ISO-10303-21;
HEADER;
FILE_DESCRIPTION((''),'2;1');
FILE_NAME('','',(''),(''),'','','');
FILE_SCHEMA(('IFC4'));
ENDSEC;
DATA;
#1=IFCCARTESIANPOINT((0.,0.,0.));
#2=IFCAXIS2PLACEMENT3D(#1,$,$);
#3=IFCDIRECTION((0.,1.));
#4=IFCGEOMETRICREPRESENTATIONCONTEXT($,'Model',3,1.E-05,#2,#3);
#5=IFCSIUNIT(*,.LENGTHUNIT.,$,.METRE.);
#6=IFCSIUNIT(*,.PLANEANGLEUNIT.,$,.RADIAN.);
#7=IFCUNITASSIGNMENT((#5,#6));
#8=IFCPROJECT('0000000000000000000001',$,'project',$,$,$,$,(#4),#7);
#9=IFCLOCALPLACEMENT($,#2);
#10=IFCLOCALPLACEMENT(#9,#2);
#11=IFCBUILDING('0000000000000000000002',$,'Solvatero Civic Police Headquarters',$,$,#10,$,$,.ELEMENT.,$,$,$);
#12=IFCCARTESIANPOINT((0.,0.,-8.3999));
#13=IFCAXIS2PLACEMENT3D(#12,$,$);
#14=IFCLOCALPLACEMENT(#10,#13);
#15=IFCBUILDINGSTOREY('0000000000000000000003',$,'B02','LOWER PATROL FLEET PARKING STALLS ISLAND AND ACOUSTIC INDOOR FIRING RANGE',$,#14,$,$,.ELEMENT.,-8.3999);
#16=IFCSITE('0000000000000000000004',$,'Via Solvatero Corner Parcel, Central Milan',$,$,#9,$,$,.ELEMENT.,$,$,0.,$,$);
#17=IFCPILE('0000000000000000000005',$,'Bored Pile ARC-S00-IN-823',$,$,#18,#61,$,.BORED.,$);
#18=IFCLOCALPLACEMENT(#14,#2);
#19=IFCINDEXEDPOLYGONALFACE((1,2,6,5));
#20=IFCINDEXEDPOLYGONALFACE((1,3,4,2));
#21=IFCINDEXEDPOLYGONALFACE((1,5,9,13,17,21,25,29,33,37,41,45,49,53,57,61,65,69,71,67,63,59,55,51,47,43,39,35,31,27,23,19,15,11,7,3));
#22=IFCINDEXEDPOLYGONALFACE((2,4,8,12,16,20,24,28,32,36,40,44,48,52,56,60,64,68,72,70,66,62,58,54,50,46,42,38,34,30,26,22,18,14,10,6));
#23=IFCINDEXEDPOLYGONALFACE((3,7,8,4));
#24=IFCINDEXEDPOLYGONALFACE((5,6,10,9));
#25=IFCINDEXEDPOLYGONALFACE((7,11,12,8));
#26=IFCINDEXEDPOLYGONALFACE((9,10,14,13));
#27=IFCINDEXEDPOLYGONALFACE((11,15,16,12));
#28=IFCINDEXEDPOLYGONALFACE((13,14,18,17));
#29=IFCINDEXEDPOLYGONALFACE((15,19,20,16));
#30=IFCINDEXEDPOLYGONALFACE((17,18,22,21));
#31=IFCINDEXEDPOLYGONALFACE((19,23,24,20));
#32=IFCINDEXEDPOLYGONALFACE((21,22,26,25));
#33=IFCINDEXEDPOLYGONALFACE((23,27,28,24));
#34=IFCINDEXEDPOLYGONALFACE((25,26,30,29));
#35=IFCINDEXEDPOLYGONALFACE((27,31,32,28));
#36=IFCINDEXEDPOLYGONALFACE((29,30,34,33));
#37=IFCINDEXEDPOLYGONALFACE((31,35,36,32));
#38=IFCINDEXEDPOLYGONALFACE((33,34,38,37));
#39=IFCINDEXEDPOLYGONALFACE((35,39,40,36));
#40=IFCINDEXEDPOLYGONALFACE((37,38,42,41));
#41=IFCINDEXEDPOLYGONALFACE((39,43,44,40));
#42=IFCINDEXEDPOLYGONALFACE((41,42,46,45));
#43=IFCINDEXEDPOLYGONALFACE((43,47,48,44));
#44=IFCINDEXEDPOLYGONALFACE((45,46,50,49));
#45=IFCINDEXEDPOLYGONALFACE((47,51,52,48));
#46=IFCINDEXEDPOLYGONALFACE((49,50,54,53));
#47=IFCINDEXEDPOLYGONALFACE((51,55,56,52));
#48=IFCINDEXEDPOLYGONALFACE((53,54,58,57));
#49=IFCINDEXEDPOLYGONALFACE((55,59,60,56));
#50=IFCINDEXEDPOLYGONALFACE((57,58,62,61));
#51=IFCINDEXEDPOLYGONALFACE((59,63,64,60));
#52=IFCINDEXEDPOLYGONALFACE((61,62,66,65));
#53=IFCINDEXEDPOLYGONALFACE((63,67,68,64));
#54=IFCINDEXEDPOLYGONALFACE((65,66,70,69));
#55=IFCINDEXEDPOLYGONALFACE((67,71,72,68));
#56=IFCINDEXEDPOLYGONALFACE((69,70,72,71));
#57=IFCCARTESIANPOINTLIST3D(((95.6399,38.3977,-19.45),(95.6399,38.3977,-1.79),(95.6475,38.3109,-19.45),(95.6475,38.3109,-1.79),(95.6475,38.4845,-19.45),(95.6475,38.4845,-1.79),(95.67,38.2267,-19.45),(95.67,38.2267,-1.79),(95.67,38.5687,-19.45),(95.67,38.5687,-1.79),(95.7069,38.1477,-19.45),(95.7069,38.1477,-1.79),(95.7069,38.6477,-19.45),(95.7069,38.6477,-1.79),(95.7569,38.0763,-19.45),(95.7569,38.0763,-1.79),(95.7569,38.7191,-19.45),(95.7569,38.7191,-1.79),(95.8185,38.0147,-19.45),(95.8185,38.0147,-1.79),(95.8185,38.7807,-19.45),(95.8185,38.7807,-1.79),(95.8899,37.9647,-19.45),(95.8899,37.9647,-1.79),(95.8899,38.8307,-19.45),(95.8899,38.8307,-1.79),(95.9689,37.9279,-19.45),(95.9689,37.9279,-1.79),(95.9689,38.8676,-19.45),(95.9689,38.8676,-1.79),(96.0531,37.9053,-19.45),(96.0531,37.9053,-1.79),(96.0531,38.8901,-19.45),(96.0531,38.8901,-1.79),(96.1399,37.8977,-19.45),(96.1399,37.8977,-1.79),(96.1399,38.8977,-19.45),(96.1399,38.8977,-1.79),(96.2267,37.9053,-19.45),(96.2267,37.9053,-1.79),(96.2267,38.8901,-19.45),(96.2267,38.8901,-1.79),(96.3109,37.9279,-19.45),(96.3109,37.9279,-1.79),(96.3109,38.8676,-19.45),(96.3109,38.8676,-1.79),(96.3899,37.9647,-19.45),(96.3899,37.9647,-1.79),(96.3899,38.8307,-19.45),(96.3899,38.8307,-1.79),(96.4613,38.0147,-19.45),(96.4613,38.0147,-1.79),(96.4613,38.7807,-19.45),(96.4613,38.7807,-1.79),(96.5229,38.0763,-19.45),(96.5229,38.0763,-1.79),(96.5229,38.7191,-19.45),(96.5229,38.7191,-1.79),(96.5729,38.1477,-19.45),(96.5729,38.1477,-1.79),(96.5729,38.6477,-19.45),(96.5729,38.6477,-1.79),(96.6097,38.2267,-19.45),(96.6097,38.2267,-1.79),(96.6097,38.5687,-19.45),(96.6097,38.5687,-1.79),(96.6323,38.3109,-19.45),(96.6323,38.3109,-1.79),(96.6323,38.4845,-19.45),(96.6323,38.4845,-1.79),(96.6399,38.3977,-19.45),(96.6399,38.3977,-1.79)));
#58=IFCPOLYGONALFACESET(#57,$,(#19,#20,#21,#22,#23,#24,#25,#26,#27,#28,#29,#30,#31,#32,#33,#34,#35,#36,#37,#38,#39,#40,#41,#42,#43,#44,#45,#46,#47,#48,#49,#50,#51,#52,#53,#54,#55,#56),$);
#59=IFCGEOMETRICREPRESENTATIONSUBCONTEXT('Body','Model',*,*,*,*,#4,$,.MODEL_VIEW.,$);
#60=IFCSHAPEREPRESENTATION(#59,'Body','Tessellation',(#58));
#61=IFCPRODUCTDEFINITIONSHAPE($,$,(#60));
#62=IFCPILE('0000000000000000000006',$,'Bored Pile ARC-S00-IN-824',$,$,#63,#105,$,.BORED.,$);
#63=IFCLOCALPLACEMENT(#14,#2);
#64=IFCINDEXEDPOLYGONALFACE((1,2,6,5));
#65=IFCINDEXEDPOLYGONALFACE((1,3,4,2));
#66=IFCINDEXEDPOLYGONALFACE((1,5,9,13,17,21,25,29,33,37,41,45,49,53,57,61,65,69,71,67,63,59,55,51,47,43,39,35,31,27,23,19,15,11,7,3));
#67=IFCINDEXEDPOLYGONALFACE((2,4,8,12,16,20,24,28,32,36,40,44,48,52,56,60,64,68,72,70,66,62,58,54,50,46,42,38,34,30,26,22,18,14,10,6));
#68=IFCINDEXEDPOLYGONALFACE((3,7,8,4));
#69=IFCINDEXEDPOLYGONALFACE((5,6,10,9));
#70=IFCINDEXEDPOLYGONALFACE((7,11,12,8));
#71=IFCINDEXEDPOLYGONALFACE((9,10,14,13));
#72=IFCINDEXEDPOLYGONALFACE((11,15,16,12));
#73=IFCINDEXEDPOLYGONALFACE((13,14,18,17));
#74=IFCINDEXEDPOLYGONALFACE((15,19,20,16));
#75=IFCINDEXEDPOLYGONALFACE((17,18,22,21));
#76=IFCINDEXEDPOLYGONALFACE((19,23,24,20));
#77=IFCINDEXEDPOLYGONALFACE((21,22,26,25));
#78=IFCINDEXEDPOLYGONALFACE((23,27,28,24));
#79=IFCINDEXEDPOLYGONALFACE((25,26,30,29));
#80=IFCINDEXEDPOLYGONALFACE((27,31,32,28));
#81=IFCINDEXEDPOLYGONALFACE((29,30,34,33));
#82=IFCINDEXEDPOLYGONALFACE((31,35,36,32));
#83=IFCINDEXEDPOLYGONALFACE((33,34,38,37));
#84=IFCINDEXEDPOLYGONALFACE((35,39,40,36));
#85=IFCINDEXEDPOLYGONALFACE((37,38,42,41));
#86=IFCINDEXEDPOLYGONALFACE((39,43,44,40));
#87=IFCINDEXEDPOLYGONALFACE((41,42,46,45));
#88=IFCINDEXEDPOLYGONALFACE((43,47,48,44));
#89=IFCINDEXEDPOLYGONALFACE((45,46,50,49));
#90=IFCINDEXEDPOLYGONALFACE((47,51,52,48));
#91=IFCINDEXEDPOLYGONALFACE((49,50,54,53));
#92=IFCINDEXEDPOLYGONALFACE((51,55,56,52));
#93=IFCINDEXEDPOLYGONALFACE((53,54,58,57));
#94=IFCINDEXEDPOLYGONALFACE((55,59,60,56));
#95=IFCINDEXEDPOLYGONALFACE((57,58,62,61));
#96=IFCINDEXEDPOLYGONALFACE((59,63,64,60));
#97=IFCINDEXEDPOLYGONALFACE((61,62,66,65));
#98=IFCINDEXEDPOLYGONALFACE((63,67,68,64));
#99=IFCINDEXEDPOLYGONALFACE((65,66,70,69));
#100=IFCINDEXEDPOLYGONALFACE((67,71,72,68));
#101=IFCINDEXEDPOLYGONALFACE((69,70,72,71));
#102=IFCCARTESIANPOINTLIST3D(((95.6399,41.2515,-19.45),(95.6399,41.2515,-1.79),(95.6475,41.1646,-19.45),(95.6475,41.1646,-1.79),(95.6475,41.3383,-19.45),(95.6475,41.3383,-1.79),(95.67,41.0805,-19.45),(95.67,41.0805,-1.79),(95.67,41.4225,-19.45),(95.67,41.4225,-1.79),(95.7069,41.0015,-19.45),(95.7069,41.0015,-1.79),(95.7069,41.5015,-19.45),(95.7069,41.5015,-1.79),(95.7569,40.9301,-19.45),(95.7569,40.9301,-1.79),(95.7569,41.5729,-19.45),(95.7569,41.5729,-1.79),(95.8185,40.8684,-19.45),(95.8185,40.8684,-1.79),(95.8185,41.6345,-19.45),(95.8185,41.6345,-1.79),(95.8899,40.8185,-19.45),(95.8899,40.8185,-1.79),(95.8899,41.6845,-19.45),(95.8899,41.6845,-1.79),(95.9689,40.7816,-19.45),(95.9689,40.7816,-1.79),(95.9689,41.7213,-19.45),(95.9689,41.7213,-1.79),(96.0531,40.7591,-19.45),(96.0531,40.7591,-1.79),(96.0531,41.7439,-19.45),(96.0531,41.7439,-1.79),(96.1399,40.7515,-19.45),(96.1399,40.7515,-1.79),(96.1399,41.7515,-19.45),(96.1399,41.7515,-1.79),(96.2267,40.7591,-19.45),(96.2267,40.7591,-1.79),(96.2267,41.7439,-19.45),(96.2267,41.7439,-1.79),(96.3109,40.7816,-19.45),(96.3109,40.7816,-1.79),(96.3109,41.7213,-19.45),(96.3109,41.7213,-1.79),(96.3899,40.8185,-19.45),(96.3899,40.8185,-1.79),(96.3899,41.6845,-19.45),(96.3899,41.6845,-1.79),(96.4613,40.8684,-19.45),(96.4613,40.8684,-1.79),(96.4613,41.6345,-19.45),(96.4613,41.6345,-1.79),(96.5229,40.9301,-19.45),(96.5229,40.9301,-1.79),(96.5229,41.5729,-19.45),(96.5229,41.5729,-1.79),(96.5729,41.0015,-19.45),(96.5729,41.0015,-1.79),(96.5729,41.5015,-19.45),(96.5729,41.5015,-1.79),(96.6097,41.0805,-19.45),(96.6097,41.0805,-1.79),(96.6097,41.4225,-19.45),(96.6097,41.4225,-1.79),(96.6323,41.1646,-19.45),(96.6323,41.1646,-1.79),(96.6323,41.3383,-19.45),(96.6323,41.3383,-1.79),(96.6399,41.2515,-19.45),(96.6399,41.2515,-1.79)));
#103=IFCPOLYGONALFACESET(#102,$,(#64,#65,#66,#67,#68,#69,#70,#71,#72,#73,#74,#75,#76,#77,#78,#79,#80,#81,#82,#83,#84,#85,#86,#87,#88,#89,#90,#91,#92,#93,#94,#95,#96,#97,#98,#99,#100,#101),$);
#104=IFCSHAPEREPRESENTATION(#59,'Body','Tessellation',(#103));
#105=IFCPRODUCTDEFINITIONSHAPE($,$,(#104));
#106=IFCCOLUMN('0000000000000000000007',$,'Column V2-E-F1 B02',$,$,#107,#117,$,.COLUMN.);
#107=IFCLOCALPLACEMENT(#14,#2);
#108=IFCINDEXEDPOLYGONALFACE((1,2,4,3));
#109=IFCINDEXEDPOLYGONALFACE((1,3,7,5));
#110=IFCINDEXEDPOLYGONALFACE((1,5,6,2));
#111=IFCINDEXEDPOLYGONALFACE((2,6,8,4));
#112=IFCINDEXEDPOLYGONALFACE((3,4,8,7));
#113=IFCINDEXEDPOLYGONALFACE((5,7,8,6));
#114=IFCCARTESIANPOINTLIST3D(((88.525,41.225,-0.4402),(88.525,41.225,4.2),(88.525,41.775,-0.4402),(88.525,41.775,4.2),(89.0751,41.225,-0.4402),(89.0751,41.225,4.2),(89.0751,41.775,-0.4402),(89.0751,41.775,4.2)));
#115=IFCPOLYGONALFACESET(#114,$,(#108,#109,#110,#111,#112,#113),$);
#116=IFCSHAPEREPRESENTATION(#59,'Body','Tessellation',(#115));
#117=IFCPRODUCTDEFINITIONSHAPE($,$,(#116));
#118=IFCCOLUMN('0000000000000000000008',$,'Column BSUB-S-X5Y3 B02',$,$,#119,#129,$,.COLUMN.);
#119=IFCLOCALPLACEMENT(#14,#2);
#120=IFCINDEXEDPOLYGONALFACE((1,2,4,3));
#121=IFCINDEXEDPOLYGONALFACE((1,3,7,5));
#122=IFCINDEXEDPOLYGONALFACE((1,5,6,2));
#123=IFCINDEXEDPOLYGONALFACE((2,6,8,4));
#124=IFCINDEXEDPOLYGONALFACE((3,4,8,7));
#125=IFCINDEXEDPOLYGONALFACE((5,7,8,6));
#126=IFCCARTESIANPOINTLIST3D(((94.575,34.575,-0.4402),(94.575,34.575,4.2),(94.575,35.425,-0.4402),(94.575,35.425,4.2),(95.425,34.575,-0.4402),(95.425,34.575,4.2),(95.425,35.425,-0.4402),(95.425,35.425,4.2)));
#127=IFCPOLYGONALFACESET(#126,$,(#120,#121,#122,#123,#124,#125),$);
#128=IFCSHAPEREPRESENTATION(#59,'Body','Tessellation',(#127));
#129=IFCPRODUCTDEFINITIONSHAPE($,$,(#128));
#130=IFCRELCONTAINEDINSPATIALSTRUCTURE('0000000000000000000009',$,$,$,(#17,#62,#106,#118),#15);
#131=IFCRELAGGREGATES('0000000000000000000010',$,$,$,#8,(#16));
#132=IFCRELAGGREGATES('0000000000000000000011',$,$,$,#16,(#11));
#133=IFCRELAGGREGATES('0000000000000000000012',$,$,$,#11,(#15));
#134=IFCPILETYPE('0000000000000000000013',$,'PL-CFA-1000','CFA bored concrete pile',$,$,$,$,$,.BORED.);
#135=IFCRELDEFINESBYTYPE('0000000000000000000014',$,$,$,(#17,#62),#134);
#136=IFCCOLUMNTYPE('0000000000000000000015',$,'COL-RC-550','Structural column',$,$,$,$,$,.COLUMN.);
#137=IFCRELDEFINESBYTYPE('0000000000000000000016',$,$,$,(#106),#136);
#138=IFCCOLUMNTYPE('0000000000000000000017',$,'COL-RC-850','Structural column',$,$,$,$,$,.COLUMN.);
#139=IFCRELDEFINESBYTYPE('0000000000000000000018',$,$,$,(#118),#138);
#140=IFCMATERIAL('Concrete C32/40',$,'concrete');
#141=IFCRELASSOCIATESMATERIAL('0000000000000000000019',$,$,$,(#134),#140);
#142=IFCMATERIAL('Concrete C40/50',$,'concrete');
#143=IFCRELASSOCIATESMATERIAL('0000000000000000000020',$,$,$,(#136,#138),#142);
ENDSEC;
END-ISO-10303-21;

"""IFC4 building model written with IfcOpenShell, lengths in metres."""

from ifc_helpers import new_model, si_unit, direction, frame, origin, origin_2d, place, context, subcontext, project, spatial, rectangle, circle, extrude, material, material_profile, profile_set, type_object, element, save


model = new_model("IFC4")

# Units and contexts
model_context = context("Model", 3, precision=1e-05, world=origin(), true_north=direction((0.0, 1.0)))
body_context = subcontext(model_context, "Body", "Model", "MODEL_VIEW")
ifc_project = project(units=[si_unit("LENGTHUNIT", "METRE"), si_unit("PLANEANGLEUNIT", "RADIAN")], contexts=[model_context])

# Site, building, storey
site_placement = place(None, origin())
site = spatial("IfcSite", under=ifc_project, at=site_placement, Name="Via Solvatero Corner Parcel, Central Milan", CompositionType="ELEMENT", RefElevation=0.0)
building_placement = place(site_placement, origin())
building = spatial("IfcBuilding", under=site, at=building_placement, Name="Solvatero Civic Police Headquarters", CompositionType="ELEMENT")
storey_placement = place(building_placement, frame((0.0, 0.0, -8.3999)))
storey = spatial("IfcBuildingStorey", under=building, at=storey_placement, Name="B02", Description="LOWER PATROL FLEET PARKING STALLS ISLAND AND ACOUSTIC INDOOR FIRING RANGE", CompositionType="ELEMENT", Elevation=-8.3999)

# Piles
ifc_material_1 = material(Name="Concrete C32/40", Category="concrete")
ifc_material_profile_1 = material_profile(ifc_material_1, circle(Radius=0.5, at=origin_2d()), Name="CFA PILE D1000")
ifc_profile_set_1 = profile_set([ifc_material_profile_1], Name="Concrete C32/40")
pile_type = type_object("IfcPileType", Name="PL-CFA-1000", Description="CFA bored concrete pile", PredefinedType="BORED", material=ifc_profile_set_1)
for number, where, z_axis, x_axis, name in (
    (1, (96.1399, 38.3977, -1.79), (0.0, 0.0, -1.0), (1.0, 0.0, 0.0), "Bored Pile ARC-S00-IN-823"),
    (2, (96.1399, 41.2515, -1.79), (0.0, 0.0, -1.0), (1.0, 0.0, 0.0), "Bored Pile ARC-S00-IN-824"),
):
    element("IfcPile", number, at=place(storey_placement, frame(where, z_axis=z_axis, x_axis=x_axis)), inside=storey, type_object=pile_type, Name=name, PredefinedType="BORED", context=body_context, shape_type="SweptSolid", body=[
        extrude(circle(Radius=0.5, at=origin_2d()), origin(), (0.0, 0.0, 1.0), 17.6599),
    ])

# Columns
ifc_material_2 = material(Name="Concrete C40/50", Category="concrete")
ifc_material_profile_2 = material_profile(ifc_material_2, rectangle(XDim=0.55, YDim=0.55, at=origin_2d()), Name="RC 550x550")
ifc_profile_set_2 = profile_set([ifc_material_profile_2], Name="Concrete C40/50")
column_type_1 = type_object("IfcColumnType", Name="COL-RC-550", Description="Structural column", PredefinedType="COLUMN", material=ifc_profile_set_2)
column_1_placement = place(storey_placement, frame((88.8, 41.5, -0.4402), z_axis=(0.0, 0.0, 1.0), x_axis=(1.0, 0.0, 0.0)))
element("IfcColumn", 3, at=column_1_placement, inside=storey, type_object=column_type_1, Name="Column V2-E-F1 B02", PredefinedType="COLUMN", context=body_context, shape_type="SweptSolid", body=[
    extrude(rectangle(XDim=0.55, YDim=0.55, at=origin_2d()), origin(), (0.0, 0.0, 1.0), 4.6401),
])
ifc_material_profile_3 = material_profile(ifc_material_2, rectangle(XDim=0.8501, YDim=0.8501, at=origin_2d()), Name="RC 850x850")
ifc_profile_set_3 = profile_set([ifc_material_profile_3], Name="Concrete C40/50")
column_type_2 = type_object("IfcColumnType", Name="COL-RC-850", Description="Structural column", PredefinedType="COLUMN", material=ifc_profile_set_3)
column_2_placement = place(storey_placement, frame((95.0, 35.0, -0.4402), z_axis=(0.0, 0.0, 1.0), x_axis=(1.0, 0.0, 0.0)))
element("IfcColumn", 4, at=column_2_placement, inside=storey, type_object=column_type_2, Name="Column BSUB-S-X5Y3 B02", PredefinedType="COLUMN", context=body_context, shape_type="SweptSolid", body=[
    extrude(rectangle(XDim=0.8501, YDim=0.8501, at=origin_2d()), origin(), (0.0, 0.0, 1.0), 4.6401),
])

save(model, "model.ifc")
